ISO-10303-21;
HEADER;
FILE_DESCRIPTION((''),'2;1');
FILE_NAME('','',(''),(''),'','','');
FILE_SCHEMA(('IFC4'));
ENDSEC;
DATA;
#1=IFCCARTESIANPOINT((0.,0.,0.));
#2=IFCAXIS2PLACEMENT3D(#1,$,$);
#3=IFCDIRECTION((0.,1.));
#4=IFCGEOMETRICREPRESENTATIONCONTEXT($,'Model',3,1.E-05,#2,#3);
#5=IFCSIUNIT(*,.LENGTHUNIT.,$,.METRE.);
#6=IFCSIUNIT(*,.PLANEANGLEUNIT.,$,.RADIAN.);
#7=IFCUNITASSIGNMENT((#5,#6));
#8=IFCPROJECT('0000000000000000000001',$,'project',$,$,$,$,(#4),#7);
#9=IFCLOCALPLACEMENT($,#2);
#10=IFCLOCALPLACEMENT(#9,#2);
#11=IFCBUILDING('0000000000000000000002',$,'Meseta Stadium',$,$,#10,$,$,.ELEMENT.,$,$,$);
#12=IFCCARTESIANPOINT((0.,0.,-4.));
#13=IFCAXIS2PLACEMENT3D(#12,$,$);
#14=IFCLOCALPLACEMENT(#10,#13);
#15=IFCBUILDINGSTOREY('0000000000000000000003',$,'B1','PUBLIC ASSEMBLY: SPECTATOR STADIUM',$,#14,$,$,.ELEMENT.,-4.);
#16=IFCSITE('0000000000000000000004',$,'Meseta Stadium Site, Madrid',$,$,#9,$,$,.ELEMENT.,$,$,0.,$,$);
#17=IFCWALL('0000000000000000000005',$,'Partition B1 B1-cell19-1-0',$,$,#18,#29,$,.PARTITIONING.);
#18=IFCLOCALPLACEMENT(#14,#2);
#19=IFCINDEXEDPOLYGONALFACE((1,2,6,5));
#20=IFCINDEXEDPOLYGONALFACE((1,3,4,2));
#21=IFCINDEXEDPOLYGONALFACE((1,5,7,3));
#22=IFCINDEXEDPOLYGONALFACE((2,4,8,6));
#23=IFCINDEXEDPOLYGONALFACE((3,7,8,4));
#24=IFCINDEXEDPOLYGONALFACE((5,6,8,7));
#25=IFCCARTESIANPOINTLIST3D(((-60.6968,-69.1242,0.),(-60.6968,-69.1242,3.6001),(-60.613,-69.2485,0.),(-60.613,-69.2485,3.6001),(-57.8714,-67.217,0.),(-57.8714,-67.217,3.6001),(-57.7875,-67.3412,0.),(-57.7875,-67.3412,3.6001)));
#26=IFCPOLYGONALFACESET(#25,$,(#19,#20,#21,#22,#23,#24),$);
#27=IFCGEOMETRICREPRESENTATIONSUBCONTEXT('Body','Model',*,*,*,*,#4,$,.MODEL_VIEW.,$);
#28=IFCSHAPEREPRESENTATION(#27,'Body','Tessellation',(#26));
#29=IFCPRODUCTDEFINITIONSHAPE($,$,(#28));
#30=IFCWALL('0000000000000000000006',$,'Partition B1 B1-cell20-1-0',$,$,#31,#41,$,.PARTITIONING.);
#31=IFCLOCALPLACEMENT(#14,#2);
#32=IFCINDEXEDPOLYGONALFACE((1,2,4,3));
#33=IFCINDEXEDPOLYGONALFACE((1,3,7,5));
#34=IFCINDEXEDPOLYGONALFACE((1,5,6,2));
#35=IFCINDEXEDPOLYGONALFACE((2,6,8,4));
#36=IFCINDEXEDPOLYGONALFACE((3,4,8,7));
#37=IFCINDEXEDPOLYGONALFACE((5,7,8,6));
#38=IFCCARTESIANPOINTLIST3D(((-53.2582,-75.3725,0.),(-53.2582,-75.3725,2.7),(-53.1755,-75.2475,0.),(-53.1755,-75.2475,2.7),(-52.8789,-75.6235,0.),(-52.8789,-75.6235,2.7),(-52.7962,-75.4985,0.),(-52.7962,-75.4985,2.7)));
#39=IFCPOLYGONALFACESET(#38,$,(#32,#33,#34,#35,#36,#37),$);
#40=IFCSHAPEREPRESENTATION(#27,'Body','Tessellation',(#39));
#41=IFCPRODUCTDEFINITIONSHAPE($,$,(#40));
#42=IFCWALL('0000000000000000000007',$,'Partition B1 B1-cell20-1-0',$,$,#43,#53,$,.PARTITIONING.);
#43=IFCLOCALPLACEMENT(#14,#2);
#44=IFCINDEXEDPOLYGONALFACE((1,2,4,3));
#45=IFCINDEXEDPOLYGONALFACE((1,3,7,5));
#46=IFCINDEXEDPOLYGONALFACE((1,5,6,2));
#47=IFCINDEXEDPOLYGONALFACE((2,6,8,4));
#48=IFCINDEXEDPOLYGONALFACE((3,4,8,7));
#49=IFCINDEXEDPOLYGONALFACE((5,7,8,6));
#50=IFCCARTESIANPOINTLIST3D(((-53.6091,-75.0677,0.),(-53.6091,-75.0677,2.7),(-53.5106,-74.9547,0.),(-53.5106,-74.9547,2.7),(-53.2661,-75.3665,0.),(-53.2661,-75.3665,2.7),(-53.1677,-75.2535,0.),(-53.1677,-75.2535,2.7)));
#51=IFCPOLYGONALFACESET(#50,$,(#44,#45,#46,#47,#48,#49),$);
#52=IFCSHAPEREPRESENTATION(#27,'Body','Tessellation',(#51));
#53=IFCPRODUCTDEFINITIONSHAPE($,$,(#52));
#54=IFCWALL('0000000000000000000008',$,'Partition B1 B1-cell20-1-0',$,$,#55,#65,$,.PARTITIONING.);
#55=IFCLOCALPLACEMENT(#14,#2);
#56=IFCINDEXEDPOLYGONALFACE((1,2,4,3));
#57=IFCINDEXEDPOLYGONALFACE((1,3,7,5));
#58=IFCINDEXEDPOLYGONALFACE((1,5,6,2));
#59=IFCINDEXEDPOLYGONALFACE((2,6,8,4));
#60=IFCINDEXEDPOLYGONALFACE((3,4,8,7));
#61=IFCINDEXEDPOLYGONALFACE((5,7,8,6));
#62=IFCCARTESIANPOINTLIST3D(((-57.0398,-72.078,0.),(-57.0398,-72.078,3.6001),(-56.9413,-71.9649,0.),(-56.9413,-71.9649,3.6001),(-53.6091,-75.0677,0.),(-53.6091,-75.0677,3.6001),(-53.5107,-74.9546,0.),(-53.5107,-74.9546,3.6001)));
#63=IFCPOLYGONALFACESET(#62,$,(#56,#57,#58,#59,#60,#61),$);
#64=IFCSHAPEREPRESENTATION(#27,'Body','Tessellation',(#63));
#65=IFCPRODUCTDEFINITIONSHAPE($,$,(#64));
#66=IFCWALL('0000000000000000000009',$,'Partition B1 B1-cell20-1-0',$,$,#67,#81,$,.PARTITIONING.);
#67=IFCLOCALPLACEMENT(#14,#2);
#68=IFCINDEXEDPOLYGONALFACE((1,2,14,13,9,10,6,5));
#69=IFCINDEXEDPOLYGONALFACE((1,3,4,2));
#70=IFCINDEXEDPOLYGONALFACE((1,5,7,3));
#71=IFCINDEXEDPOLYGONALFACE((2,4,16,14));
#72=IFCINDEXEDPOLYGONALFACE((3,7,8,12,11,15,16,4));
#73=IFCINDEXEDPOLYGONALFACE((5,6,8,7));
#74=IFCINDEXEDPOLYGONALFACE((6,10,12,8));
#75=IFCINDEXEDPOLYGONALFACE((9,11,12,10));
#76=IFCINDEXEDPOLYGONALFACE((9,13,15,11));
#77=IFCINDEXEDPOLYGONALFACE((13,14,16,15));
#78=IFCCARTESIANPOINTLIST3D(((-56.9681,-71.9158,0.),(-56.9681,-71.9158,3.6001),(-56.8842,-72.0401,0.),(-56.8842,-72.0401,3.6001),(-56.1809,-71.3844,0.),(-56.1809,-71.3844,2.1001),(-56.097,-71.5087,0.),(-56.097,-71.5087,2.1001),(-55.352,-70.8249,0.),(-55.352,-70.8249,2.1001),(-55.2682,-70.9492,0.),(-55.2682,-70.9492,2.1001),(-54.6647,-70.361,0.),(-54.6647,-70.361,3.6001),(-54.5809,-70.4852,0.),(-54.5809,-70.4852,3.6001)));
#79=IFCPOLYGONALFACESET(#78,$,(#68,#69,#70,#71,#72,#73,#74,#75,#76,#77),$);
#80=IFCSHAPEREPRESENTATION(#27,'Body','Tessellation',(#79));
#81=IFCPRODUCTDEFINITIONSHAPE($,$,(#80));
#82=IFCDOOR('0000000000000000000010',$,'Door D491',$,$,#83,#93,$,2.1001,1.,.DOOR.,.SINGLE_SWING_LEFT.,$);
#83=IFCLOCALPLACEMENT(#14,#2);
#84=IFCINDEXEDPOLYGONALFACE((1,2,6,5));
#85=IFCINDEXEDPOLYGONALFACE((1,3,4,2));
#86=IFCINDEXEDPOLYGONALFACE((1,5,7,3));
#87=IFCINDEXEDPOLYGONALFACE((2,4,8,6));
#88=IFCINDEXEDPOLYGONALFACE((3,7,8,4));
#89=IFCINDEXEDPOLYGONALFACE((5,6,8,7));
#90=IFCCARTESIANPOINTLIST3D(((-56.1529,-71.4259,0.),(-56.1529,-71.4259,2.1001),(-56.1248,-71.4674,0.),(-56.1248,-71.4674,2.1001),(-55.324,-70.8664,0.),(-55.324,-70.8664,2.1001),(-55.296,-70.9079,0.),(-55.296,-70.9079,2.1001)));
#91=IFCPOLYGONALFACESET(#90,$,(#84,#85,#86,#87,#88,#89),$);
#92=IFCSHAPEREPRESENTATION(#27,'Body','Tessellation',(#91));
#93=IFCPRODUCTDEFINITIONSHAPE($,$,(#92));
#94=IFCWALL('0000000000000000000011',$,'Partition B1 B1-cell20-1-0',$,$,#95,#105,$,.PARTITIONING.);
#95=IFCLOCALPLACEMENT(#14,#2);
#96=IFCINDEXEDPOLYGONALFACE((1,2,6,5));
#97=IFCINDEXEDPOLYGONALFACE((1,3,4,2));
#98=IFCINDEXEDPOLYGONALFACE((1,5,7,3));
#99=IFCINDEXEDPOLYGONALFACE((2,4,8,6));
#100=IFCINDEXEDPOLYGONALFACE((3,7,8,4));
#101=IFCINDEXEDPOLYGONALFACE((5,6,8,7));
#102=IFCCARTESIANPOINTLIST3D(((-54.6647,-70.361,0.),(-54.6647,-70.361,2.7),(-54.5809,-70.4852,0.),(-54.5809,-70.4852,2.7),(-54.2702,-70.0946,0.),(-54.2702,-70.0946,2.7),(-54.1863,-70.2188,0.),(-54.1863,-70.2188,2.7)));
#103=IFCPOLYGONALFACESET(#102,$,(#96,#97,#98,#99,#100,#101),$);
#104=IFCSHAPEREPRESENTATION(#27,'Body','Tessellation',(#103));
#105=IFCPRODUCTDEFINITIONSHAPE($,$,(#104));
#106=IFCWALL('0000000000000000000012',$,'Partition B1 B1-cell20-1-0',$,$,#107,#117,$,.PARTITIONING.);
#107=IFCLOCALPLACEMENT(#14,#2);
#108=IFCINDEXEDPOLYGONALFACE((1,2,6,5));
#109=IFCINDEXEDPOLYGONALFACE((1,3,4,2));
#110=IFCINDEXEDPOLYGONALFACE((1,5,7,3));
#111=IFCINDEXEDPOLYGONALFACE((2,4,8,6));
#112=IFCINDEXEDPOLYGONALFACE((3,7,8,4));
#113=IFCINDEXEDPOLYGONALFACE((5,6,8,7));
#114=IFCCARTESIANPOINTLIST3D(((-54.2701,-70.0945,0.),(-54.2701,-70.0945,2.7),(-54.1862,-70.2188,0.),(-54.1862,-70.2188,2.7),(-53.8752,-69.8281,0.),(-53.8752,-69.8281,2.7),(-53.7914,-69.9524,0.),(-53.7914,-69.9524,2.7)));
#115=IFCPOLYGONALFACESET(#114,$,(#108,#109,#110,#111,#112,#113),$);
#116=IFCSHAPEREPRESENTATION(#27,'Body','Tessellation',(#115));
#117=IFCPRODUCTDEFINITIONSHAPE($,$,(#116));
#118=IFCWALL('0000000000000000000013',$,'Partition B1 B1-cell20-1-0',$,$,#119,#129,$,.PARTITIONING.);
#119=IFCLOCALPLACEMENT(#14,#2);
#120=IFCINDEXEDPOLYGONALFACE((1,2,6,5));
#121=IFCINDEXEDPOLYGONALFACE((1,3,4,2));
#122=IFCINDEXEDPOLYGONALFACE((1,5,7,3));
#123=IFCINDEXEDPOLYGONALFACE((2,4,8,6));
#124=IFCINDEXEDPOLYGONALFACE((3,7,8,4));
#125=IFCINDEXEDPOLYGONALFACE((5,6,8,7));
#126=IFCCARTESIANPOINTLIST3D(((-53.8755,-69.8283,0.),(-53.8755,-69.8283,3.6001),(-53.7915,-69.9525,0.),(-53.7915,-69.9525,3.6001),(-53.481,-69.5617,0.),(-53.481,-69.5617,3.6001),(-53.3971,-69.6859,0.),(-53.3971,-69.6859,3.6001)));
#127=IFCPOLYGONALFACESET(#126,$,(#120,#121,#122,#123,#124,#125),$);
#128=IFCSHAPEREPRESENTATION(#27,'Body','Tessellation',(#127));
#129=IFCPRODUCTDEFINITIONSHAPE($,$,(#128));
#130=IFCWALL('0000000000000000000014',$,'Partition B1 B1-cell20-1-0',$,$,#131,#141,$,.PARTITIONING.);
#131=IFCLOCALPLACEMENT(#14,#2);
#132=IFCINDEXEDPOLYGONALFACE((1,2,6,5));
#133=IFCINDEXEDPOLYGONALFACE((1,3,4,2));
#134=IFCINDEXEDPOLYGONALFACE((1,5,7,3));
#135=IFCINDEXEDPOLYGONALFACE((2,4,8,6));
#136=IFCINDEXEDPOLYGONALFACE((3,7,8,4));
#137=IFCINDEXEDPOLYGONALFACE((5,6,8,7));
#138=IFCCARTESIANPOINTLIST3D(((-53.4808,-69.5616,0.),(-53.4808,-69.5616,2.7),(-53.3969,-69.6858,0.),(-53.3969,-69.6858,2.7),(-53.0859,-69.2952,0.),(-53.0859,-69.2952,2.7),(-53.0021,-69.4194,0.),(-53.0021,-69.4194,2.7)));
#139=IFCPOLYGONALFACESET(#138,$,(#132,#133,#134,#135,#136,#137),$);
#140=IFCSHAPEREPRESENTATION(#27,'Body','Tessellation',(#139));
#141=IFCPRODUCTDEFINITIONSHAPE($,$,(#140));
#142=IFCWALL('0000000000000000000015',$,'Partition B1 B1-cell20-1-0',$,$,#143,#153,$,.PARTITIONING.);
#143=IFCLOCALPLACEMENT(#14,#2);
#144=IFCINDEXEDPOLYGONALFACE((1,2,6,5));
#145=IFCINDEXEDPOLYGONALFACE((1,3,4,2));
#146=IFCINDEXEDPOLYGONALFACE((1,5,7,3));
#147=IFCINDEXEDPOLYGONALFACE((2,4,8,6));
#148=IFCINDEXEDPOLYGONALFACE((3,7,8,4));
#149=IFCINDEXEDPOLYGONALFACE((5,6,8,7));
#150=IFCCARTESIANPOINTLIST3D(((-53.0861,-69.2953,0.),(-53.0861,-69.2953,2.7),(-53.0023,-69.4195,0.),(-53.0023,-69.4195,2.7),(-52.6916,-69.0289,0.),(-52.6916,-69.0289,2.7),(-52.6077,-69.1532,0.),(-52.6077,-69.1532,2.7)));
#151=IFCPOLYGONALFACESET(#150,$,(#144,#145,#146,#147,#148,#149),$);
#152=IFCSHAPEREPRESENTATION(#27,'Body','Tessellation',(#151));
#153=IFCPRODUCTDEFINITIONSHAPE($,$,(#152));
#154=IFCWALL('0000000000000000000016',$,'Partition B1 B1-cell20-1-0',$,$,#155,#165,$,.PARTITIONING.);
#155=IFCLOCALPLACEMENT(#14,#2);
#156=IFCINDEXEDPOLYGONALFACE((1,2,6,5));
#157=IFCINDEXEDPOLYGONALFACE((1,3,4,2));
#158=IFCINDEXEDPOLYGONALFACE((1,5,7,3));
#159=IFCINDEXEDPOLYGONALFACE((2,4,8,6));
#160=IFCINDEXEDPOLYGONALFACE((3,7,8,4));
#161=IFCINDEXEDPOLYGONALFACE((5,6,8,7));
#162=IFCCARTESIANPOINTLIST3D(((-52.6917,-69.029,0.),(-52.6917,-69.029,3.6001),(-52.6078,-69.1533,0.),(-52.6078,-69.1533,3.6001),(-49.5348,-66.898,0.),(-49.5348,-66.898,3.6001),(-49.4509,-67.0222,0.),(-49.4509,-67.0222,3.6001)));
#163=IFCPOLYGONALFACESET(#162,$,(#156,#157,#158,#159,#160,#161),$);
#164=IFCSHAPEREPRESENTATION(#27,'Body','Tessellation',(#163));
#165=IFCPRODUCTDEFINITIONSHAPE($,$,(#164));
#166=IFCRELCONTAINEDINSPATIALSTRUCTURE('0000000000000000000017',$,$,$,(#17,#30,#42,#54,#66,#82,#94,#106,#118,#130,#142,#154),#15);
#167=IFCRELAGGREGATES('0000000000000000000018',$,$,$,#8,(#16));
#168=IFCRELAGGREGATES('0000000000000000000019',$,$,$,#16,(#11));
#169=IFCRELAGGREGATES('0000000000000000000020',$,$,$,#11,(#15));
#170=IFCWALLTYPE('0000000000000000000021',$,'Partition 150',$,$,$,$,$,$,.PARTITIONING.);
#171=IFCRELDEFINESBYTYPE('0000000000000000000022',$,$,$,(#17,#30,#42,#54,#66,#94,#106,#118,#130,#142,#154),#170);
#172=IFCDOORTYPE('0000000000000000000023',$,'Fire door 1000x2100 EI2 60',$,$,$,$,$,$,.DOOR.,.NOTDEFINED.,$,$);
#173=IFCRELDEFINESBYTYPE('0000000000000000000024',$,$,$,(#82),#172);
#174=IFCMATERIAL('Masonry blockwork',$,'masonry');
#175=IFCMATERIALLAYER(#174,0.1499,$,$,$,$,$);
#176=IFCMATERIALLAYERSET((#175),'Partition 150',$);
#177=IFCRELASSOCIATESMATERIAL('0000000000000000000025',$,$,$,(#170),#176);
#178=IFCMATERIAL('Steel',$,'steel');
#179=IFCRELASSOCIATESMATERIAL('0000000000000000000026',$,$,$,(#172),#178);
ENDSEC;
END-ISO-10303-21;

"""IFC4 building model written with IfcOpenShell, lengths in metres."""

from ifc_helpers import new_model, si_unit, direction, frame, frame_2d, origin, place, context, subcontext, project, spatial, rectangle, extrude, material, layer, layer_set, type_object, element, fill, save


model = new_model("IFC4")

# Units and contexts
model_context = context("Model", 3, precision=1e-05, world=origin(), true_north=direction((0.0, 1.0)))
body_context = subcontext(model_context, "Body", "Model", "MODEL_VIEW")
ifc_project = project(units=[si_unit("LENGTHUNIT", "METRE"), si_unit("PLANEANGLEUNIT", "RADIAN")], contexts=[model_context])

# Site, building, storey
site_placement = place(None, origin())
site = spatial("IfcSite", under=ifc_project, at=site_placement, Name="Meseta Stadium Site, Madrid", CompositionType="ELEMENT", RefElevation=0.0)
building_placement = place(site_placement, origin())
building = spatial("IfcBuilding", under=site, at=building_placement, Name="Meseta Stadium", CompositionType="ELEMENT")
storey_placement = place(building_placement, frame((0.0, 0.0, -4.0)))
storey = spatial("IfcBuildingStorey", under=building, at=storey_placement, Name="B1", Description="PUBLIC ASSEMBLY: SPECTATOR STADIUM", CompositionType="ELEMENT", Elevation=-4.0)

# Walls
ifc_material_1 = material(Name="Masonry blockwork", Category="masonry")
ifc_layer = layer(ifc_material_1, 0.1499)
ifc_layer_set = layer_set([ifc_layer], Name="Partition 150")
wall_type = type_object("IfcWallType", Name="Partition 150", PredefinedType="PARTITIONING", material=ifc_layer_set)
wall_1_placement = place(storey_placement, frame((-57.8293, -67.2791, 0.0), z_axis=(0.0, 0.0, 1.0), x_axis=(-0.828841, -0.559484, 0.0)))
element("IfcWall", 1, at=wall_1_placement, inside=storey, type_object=wall_type, Name="Partition B1 B1-cell19-1-0", PredefinedType="PARTITIONING", context=body_context, shape_type="SweptSolid", body=[
    extrude(rectangle(XDim=3.4089, YDim=0.1499, at=frame_2d((1.7046, 0.0))), origin(), (0.0, 0.0, 1.0), 3.6001),
])
for number, where, z_axis, x_axis, name in (
    (2, (-52.8374, -75.561, 0.0), (0.0, 0.0, 1.0), (-0.834027, 0.551724, 0.0), "Partition B1 B1-cell20-1-0"),
    (3, (-53.2168, -75.3101, 0.0), (0.0, 0.0, 1.0), (-0.754004, 0.656869, 0.0), "Partition B1 B1-cell20-1-0"),
):
    element("IfcWall", number, at=place(storey_placement, frame(where, z_axis=z_axis, x_axis=x_axis)), inside=storey, type_object=wall_type, Name=name, PredefinedType="PARTITIONING", context=body_context, shape_type="SweptSolid", body=[
        extrude(rectangle(XDim=0.4548, YDim=0.1499, at=frame_2d((0.2275, 0.0))), origin(), (0.0, 0.0, 1.0), 2.7),
    ])
wall_2_placement = place(storey_placement, frame((-53.5598, -75.0112, 0.0), z_axis=(0.0, 0.0, 1.0), x_axis=(-0.753891, 0.656999, 0.0)))
element("IfcWall", 4, at=wall_2_placement, inside=storey, type_object=wall_type, Name="Partition B1 B1-cell20-1-0", PredefinedType="PARTITIONING", context=body_context, shape_type="SweptSolid", body=[
    extrude(rectangle(XDim=4.5505, YDim=0.1499, at=frame_2d((2.2754, 0.0))), origin(), (0.0, 0.0, 1.0), 3.6001),
])

# Wall, opening, door
wall_3_placement = place(storey_placement, frame((-56.9263, -71.978, 0.0), z_axis=(0.0, 0.0, 1.0), x_axis=(0.828833, 0.559495, 0.0)))
wall_3 = element("IfcWall", 5, at=wall_3_placement, inside=storey, type_object=wall_type, Name="Partition B1 B1-cell20-1-0", PredefinedType="PARTITIONING", context=body_context, shape_type="SweptSolid", body=[
    extrude(rectangle(XDim=2.7791, YDim=0.1499, at=frame_2d((1.3896, 0.0))), origin(), (0.0, 0.0, 1.0), 3.6001),
])
opening_placement = place(wall_3_placement, frame((0.95, 0.0, 0.0)))
opening = element("IfcOpeningElement", 6, at=opening_placement, cuts=wall_3, PredefinedType="OPENING", context=body_context, shape_type="SweptSolid", body=[
    extrude(rectangle(XDim=1.0, YDim=2.1001, at=frame_2d((0.5, 1.05))), frame((0.0, 0.085, 0.0), z_axis=(0.0, -1.0, 0.0), x_axis=(1.0, 0.0, 0.0)), (0.0, 0.0, 1.0), 0.1699),
])
ifc_material_2 = material(Name="Steel", Category="steel")
door_type = type_object("IfcDoorType", Name="Fire door 1000x2100 EI2 60", OperationType="NOTDEFINED", PredefinedType="DOOR", material=ifc_material_2)
door_placement = place(opening_placement, origin())
door = element("IfcDoor", 7, at=door_placement, inside=storey, type_object=door_type, Name="Door D491", OperationType="SINGLE_SWING_LEFT", OverallHeight=2.1001, OverallWidth=1.0, PredefinedType="DOOR", context=body_context, shape_type="SweptSolid", body=[
    extrude(rectangle(XDim=1.0, YDim=2.1001, at=frame_2d((0.5, 1.05))), frame((0.0, 0.0249, 0.0), z_axis=(0.0, -1.0, 0.0), x_axis=(1.0, 0.0, 0.0)), (0.0, 0.0, 1.0), 0.05),
])
fill(opening, door)

# Walls
wall_4_placement = place(storey_placement, frame((-54.6228, -70.4231, 0.0), z_axis=(0.0, 0.0, 1.0), x_axis=(0.828801, 0.559543, 0.0)))
element("IfcWall", 8, at=wall_4_placement, inside=storey, type_object=wall_type, Name="Partition B1 B1-cell20-1-0", PredefinedType="PARTITIONING", context=body_context, shape_type="SweptSolid", body=[
    extrude(rectangle(XDim=0.4761, YDim=0.1499, at=frame_2d((0.238, 0.0))), origin(), (0.0, 0.0, 1.0), 2.7),
])
wall_5_placement = place(storey_placement, frame((-54.2283, -70.1567, 0.0), z_axis=(0.0, 0.0, 1.0), x_axis=(0.828962, 0.559306, 0.0)))
element("IfcWall", 9, at=wall_5_placement, inside=storey, type_object=wall_type, Name="Partition B1 B1-cell20-1-0", PredefinedType="PARTITIONING", context=body_context, shape_type="SweptSolid", body=[
    extrude(rectangle(XDim=0.4763, YDim=0.1499, at=frame_2d((0.2383, 0.0))), origin(), (0.0, 0.0, 1.0), 2.7),
])
wall_6_placement = place(storey_placement, frame((-53.8335, -69.8904, 0.0), z_axis=(0.0, 0.0, 1.0), x_axis=(0.828563, 0.559895, 0.0)))
element("IfcWall", 10, at=wall_6_placement, inside=storey, type_object=wall_type, Name="Partition B1 B1-cell20-1-0", PredefinedType="PARTITIONING", context=body_context, shape_type="SweptSolid", body=[
    extrude(rectangle(XDim=0.4761, YDim=0.1499, at=frame_2d((0.238, 0.0))), origin(), (0.0, 0.0, 1.0), 3.6001),
])
wall_7_placement = place(storey_placement, frame((-53.439, -69.6238, 0.0), z_axis=(0.0, 0.0, 1.0), x_axis=(0.828962, 0.559306, 0.0)))
element("IfcWall", 11, at=wall_7_placement, inside=storey, type_object=wall_type, Name="Partition B1 B1-cell20-1-0", PredefinedType="PARTITIONING", context=body_context, shape_type="SweptSolid", body=[
    extrude(rectangle(XDim=0.4763, YDim=0.1499, at=frame_2d((0.2383, 0.0))), origin(), (0.0, 0.0, 1.0), 2.7),
])
wall_8_placement = place(storey_placement, frame((-53.0442, -69.3574, 0.0), z_axis=(0.0, 0.0, 1.0), x_axis=(0.828801, 0.559543, 0.0)))
element("IfcWall", 12, at=wall_8_placement, inside=storey, type_object=wall_type, Name="Partition B1 B1-cell20-1-0", PredefinedType="PARTITIONING", context=body_context, shape_type="SweptSolid", body=[
    extrude(rectangle(XDim=0.4761, YDim=0.1499, at=frame_2d((0.238, 0.0))), origin(), (0.0, 0.0, 1.0), 2.7),
])
wall_9_placement = place(storey_placement, frame((-52.6497, -69.0911, 0.0), z_axis=(0.0, 0.0, 1.0), x_axis=(0.828832, 0.559498, 0.0)))
element("IfcWall", 13, at=wall_9_placement, inside=storey, type_object=wall_type, Name="Partition B1 B1-cell20-1-0", PredefinedType="PARTITIONING", context=body_context, shape_type="SweptSolid", body=[
    extrude(rectangle(XDim=3.8088, YDim=0.1499, at=frame_2d((1.9043, 0.0))), origin(), (0.0, 0.0, 1.0), 3.6001),
])

save(model, "model.ifc")
